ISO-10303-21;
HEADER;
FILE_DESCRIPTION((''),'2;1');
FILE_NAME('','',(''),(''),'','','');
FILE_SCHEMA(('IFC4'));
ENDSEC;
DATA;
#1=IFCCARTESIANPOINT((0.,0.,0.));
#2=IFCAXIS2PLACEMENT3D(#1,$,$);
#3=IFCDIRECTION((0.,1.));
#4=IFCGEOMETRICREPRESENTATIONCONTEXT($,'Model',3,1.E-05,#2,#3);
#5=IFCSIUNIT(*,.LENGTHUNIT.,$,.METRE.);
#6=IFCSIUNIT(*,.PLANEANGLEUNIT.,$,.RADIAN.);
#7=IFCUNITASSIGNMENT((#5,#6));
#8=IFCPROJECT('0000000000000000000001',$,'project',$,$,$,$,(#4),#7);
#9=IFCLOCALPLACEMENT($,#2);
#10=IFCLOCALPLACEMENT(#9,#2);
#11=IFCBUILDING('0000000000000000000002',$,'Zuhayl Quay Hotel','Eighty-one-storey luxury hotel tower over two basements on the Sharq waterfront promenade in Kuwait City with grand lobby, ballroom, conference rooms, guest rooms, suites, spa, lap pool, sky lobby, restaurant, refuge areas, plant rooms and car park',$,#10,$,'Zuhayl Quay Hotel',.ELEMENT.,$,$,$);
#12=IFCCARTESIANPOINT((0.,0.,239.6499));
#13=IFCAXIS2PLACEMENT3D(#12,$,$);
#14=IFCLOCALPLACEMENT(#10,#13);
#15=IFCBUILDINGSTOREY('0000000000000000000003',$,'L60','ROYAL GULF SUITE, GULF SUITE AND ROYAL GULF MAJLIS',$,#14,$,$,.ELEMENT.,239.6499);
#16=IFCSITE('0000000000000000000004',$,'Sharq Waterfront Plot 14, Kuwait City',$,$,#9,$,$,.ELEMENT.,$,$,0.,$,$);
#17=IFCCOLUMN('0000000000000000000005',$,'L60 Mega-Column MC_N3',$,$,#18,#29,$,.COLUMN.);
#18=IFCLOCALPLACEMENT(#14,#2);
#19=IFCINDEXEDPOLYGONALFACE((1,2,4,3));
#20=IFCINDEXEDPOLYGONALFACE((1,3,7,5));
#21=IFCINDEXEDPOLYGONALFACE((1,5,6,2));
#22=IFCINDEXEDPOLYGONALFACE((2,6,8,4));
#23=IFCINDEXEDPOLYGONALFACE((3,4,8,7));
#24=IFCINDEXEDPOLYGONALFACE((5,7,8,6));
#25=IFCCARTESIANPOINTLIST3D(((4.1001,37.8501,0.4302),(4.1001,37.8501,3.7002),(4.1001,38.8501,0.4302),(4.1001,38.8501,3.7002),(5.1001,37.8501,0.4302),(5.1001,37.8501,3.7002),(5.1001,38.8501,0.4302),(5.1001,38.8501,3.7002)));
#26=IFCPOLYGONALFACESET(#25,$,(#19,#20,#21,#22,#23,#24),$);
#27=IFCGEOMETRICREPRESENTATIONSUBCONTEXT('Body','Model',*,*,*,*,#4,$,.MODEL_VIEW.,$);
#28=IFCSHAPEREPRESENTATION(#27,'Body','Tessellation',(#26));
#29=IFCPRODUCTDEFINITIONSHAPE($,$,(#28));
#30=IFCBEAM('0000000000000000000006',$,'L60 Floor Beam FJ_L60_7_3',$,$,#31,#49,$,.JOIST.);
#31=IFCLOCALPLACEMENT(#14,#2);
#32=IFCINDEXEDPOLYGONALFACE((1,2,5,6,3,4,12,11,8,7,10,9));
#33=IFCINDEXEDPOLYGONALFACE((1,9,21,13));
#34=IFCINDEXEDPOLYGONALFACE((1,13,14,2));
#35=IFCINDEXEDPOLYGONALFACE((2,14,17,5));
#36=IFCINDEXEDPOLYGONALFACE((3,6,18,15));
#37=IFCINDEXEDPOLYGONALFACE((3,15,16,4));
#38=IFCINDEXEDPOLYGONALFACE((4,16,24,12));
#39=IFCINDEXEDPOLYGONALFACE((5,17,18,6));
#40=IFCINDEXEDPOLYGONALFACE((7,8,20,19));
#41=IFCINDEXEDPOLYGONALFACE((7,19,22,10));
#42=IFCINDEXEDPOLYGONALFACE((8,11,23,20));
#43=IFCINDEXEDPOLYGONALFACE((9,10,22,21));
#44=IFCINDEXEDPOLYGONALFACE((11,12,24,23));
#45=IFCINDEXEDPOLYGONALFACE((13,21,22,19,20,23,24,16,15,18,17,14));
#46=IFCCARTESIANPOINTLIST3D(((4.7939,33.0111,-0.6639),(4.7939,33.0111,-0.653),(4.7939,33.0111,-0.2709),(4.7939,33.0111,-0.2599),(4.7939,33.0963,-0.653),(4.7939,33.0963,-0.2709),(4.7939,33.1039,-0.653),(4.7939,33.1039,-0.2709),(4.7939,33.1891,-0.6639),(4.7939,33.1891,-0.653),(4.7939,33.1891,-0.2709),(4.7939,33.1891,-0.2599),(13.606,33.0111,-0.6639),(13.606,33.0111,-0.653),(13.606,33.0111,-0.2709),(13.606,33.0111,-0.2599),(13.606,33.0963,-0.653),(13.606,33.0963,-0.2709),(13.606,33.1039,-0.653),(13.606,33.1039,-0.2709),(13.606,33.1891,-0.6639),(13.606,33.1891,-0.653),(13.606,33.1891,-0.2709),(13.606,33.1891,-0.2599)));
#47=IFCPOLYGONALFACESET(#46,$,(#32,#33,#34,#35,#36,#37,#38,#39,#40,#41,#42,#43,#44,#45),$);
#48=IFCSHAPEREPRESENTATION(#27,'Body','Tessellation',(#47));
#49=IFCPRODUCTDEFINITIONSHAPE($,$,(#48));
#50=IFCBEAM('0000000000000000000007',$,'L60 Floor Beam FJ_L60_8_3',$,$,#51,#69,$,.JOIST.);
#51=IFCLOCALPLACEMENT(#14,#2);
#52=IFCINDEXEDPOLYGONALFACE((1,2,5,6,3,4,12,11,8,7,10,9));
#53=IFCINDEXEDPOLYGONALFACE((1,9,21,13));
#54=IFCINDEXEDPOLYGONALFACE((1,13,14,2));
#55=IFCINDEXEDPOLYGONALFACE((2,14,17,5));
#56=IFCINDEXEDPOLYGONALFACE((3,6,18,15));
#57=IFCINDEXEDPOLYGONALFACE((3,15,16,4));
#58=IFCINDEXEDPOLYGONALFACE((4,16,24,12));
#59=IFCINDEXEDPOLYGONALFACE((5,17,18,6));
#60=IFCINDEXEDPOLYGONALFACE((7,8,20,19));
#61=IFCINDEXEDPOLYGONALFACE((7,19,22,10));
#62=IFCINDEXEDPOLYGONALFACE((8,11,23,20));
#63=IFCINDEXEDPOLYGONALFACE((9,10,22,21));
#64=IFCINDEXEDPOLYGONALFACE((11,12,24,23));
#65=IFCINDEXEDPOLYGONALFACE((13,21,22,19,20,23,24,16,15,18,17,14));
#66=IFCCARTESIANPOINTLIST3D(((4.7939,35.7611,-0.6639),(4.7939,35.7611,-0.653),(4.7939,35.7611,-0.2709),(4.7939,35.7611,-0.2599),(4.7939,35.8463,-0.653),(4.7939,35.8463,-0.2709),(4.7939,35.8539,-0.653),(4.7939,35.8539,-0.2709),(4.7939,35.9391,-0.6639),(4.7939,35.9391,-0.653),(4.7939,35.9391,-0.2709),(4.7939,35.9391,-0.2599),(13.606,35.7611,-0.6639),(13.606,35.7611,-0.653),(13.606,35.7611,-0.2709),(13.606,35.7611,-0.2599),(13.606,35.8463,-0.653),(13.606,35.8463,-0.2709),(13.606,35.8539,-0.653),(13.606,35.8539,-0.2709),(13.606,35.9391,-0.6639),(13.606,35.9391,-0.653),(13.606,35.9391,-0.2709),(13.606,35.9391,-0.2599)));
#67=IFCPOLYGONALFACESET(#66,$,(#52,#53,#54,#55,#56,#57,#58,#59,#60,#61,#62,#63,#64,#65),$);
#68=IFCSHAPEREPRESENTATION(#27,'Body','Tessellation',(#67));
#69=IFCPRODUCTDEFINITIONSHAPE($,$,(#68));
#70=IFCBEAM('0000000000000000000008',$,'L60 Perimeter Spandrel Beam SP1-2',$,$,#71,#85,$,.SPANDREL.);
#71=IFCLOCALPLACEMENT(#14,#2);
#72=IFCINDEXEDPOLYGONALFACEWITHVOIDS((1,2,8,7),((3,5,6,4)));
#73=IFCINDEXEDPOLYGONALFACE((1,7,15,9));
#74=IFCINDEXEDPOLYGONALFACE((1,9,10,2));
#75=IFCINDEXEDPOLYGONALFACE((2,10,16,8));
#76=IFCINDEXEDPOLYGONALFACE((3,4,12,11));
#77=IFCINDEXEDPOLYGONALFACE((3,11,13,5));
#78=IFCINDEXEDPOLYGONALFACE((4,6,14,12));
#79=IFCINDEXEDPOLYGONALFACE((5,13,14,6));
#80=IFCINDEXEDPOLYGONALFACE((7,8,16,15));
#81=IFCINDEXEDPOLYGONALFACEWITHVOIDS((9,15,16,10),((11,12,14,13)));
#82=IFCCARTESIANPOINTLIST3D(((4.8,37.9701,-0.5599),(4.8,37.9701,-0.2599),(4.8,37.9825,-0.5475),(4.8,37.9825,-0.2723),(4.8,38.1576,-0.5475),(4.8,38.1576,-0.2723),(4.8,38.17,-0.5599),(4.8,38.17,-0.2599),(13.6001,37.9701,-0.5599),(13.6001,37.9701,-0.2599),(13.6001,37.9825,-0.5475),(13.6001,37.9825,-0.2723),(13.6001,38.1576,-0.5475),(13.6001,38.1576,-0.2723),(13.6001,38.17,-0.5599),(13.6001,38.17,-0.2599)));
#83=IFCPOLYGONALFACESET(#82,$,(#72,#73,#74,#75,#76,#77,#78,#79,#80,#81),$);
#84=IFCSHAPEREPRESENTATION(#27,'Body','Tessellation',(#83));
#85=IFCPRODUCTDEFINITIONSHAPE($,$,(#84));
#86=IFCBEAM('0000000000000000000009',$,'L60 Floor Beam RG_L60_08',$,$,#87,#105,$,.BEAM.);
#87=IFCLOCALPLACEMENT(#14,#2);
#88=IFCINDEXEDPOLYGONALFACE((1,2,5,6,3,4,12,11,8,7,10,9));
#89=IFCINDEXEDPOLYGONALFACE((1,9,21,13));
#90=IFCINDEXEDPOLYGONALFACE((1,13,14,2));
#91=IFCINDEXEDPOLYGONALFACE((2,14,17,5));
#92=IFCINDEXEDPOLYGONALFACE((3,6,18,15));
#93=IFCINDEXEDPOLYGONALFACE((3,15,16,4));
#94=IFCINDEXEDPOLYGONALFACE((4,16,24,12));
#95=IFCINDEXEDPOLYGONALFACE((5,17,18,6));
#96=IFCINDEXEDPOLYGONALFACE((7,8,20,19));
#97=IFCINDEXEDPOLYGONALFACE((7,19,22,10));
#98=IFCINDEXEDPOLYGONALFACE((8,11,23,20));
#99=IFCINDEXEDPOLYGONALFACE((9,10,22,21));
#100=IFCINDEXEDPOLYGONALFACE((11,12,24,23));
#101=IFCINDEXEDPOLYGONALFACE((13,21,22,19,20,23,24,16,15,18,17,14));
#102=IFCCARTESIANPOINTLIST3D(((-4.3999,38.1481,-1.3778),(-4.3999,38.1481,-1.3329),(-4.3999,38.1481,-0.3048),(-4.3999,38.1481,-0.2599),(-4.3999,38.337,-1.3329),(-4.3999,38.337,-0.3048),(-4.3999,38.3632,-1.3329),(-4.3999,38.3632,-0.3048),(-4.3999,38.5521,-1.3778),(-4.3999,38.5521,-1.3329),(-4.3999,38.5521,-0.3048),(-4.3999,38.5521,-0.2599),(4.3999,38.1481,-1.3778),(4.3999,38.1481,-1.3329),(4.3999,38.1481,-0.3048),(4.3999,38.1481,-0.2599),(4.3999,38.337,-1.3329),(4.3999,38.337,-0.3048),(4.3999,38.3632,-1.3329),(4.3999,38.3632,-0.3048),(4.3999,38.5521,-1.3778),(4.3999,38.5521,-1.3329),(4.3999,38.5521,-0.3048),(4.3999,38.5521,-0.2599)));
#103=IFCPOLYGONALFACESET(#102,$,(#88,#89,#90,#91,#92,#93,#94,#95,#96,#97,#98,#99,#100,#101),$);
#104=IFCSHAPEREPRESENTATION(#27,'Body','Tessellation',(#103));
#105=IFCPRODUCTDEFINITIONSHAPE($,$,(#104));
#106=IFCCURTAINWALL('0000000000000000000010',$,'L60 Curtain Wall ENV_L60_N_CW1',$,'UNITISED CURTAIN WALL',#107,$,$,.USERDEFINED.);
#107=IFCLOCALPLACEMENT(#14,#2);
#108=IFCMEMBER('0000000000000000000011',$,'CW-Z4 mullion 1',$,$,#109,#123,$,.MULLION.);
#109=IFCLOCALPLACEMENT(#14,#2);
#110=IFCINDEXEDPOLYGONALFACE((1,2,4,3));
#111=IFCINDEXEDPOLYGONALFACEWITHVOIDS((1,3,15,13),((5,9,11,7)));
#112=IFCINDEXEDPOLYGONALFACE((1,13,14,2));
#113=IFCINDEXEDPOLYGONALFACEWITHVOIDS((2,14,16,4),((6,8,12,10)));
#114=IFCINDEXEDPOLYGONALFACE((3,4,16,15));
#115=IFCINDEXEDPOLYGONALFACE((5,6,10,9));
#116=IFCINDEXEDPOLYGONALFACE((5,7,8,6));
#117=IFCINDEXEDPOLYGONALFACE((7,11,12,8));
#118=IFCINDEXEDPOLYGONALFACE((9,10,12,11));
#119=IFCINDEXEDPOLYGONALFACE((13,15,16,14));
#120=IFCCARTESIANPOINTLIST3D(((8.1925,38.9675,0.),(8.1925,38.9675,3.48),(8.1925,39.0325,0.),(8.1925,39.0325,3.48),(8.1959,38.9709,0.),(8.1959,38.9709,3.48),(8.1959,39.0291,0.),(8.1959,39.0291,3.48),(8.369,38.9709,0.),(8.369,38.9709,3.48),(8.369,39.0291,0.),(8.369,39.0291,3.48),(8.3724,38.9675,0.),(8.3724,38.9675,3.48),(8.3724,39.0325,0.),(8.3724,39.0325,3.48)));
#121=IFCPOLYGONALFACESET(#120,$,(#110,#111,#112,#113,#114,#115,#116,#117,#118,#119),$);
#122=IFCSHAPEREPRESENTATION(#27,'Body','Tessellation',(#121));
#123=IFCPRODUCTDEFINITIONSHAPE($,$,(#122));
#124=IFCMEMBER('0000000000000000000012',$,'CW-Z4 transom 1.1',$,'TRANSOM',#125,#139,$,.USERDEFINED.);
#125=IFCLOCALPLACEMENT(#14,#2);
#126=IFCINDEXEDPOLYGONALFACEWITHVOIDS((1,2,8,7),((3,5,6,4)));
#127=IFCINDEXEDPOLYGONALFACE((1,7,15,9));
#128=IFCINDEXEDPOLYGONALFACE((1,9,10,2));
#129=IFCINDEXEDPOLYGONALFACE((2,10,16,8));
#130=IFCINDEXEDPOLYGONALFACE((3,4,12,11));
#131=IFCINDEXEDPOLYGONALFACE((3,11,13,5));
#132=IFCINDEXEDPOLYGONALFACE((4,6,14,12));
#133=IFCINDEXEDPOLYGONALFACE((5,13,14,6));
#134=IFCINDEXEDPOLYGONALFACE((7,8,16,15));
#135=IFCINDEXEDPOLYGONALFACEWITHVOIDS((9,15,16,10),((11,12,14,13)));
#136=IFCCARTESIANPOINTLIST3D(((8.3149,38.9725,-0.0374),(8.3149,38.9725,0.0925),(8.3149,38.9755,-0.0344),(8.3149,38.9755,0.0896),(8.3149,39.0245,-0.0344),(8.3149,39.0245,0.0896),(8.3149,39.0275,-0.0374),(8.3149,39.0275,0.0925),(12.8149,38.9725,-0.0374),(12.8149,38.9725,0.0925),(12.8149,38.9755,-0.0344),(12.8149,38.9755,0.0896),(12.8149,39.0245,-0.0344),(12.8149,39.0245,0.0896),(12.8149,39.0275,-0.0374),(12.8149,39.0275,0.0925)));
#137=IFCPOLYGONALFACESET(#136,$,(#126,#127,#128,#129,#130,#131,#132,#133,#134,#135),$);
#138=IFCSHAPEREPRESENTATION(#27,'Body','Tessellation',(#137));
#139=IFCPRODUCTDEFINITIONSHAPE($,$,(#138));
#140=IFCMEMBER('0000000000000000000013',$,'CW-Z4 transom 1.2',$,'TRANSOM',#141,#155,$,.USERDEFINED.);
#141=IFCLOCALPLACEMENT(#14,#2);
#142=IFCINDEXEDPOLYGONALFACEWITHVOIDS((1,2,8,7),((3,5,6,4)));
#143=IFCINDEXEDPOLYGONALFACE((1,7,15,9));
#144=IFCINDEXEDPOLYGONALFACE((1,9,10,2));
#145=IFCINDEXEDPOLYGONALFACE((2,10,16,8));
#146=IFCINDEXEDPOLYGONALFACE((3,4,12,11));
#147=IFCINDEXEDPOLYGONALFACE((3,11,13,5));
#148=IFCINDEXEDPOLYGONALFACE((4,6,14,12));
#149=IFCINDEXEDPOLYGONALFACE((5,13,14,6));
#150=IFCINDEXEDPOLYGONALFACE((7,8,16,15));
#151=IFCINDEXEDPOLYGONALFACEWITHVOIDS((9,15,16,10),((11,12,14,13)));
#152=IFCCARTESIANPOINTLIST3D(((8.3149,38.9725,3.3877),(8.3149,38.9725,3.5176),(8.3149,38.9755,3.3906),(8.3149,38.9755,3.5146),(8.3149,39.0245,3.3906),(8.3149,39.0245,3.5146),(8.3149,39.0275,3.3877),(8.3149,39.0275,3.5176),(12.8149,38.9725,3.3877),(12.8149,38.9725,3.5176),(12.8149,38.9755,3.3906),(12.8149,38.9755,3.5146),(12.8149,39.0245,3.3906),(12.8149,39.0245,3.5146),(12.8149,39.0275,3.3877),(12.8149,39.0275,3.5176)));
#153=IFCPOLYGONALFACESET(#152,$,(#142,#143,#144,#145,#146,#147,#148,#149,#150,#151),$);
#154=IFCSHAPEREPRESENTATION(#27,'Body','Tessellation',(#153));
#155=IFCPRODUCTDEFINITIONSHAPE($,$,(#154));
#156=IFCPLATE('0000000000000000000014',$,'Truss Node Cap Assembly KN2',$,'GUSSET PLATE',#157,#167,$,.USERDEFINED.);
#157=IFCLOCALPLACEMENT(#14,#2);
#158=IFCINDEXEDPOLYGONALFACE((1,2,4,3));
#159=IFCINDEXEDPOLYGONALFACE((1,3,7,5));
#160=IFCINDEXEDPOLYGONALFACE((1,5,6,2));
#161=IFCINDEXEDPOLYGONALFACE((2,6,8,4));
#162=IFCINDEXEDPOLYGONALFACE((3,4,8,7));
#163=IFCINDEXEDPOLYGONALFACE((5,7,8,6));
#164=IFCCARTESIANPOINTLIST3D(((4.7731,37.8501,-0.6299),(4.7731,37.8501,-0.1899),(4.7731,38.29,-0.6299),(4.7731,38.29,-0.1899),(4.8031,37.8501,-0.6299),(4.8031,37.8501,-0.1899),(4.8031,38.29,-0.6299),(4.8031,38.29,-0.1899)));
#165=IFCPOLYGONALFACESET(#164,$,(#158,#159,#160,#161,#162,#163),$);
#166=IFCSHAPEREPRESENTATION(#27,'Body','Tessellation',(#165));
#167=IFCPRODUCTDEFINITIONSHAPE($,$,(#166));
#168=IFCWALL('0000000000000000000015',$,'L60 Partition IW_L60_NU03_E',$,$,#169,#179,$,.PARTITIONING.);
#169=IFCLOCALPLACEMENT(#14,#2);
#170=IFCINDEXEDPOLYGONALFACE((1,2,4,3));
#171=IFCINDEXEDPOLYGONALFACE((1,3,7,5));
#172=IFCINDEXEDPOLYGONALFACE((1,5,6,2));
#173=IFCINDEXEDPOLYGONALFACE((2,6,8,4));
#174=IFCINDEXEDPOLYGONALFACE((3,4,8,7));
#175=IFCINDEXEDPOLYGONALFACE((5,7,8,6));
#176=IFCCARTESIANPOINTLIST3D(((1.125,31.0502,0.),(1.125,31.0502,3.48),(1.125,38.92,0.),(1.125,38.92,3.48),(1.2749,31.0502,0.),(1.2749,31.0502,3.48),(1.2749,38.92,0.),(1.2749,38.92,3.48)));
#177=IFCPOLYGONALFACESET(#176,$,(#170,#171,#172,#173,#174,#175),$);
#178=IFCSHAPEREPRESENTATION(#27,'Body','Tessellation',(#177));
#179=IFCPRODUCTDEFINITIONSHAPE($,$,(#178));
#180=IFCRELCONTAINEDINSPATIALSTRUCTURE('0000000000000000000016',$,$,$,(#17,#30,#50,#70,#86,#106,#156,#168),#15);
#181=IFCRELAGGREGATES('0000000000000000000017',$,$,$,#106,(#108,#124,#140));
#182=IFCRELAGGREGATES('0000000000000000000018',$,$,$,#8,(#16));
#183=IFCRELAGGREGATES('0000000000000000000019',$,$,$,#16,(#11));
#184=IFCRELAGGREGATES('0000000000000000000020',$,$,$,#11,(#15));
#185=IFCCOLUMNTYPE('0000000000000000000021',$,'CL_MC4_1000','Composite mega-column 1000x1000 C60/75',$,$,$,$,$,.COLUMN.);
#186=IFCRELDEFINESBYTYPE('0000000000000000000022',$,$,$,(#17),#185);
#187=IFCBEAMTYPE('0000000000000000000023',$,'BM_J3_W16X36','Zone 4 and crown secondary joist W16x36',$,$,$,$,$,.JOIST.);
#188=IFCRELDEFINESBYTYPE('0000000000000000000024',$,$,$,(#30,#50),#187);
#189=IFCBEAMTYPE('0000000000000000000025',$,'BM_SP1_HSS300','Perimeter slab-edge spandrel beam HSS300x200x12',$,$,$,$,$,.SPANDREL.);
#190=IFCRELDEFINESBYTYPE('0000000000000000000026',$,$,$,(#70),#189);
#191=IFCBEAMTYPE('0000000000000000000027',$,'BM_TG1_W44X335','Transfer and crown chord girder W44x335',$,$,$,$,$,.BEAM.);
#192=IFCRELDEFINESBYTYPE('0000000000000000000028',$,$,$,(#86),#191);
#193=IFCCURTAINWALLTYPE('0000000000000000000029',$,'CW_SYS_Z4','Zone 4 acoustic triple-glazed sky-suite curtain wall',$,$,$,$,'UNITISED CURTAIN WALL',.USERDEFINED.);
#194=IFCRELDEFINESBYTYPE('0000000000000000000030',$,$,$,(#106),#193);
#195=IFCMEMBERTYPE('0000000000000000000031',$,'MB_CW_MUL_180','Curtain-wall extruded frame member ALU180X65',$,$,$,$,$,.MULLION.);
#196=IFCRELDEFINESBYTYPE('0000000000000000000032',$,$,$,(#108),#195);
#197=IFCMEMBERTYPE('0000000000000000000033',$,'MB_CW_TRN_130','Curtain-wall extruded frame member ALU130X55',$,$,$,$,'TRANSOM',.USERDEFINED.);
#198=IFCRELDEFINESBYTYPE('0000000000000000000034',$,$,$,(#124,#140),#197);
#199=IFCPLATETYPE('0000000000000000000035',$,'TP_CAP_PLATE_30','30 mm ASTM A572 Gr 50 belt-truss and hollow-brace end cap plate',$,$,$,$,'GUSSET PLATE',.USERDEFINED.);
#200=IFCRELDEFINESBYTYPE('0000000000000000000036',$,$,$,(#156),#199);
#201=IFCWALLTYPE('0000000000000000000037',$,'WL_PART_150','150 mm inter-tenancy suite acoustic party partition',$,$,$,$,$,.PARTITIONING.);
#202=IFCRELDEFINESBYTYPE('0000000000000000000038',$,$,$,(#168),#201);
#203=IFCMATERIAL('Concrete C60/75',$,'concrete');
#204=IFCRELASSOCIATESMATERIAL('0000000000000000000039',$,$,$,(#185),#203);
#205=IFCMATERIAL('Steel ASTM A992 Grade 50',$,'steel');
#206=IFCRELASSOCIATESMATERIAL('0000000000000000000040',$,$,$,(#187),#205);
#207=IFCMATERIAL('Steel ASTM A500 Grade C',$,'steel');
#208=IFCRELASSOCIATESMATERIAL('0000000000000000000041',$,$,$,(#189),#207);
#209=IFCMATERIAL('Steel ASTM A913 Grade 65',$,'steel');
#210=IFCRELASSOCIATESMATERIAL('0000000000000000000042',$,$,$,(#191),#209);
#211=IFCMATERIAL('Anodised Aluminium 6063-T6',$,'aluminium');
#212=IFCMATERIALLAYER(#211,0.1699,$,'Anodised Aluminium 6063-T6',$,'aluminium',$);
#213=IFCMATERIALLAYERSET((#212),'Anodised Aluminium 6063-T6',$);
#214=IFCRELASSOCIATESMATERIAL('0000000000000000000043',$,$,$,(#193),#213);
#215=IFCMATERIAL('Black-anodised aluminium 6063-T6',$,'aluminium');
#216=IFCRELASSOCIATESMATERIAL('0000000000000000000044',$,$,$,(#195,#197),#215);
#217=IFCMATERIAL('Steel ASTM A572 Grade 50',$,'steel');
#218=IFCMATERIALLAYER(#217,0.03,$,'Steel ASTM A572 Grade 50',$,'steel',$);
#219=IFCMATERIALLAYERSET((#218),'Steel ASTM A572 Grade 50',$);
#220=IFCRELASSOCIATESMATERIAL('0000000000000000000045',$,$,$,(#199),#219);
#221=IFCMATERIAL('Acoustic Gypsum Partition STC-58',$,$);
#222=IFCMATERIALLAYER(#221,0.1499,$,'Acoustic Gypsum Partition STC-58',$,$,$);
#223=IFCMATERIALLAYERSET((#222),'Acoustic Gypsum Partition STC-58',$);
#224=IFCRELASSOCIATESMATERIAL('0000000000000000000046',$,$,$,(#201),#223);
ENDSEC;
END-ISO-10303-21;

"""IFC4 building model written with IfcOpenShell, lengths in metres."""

from ifc_helpers import new_model, si_unit, direction, frame, frame_2d, origin, origin_2d, place, context, subcontext, project, spatial, rectangle, hollow_rectangle, i_section, extrude, material, layer, layer_set, material_profile, profile_set, type_object, element, aggregate, save


model = new_model("IFC4")

# Units and contexts
model_context = context("Model", 3, precision=1e-05, world=origin(), true_north=direction((0.0, 1.0)))
body_context = subcontext(model_context, "Body", "Model", "MODEL_VIEW")
ifc_project = project(units=[si_unit("LENGTHUNIT", "METRE"), si_unit("PLANEANGLEUNIT", "RADIAN")], contexts=[model_context])

# Site, building, storey
site_placement = place(None, origin())
site = spatial("IfcSite", under=ifc_project, at=site_placement, Name="Sharq Waterfront Plot 14, Kuwait City", CompositionType="ELEMENT", RefElevation=0.0)
building_placement = place(site_placement, origin())
building = spatial("IfcBuilding", under=site, at=building_placement, Name="Zuhayl Quay Hotel", Description="Eighty-one-storey luxury hotel tower over two basements on the Sharq waterfront promenade in Kuwait City with grand lobby, ballroom, conference rooms, guest rooms, suites, spa, lap pool, sky lobby, restaurant, refuge areas, plant rooms and car park", LongName="Zuhayl Quay Hotel", CompositionType="ELEMENT")
storey_placement = place(building_placement, frame((0.0, 0.0, 239.6499)))
storey = spatial("IfcBuildingStorey", under=building, at=storey_placement, Name="L60", Description="ROYAL GULF SUITE, GULF SUITE AND ROYAL GULF MAJLIS", CompositionType="ELEMENT", Elevation=239.6499)

# Column
ifc_material_1 = material(Name="Concrete C60/75", Category="concrete")
ifc_material_profile_1 = material_profile(ifc_material_1, rectangle(XDim=1.0, YDim=1.0, at=origin_2d()), Name="RC1000X1000")
ifc_profile_set_1 = profile_set([ifc_material_profile_1], Name="Concrete C60/75")
column_type = type_object("IfcColumnType", Name="CL_MC4_1000", Description="Composite mega-column 1000x1000 C60/75", PredefinedType="COLUMN", material=ifc_profile_set_1)
column_placement = place(storey_placement, frame((4.6001, 38.3501, 0.4302), z_axis=(0.0, 0.0, 1.0), x_axis=(1.0, 0.0, 0.0)))
element("IfcColumn", 1, at=column_placement, inside=storey, type_object=column_type, Name="L60 Mega-Column MC_N3", PredefinedType="COLUMN", context=body_context, shape_type="SweptSolid", body=[
    extrude(rectangle(XDim=1.0, YDim=1.0, at=origin_2d()), origin(), (0.0, 0.0, 1.0), 3.27),
])

# Beams
ifc_material_2 = material(Name="Steel ASTM A992 Grade 50", Category="steel")
ifc_material_profile_2 = material_profile(ifc_material_2, i_section(OverallWidth=0.178, OverallDepth=0.4041, WebThickness=0.0076, FlangeThickness=0.011, at=origin_2d()), Name="W16X36")
ifc_profile_set_2 = profile_set([ifc_material_profile_2], Name="Steel ASTM A992 Grade 50")
beam_type_1 = type_object("IfcBeamType", Name="BM_J3_W16X36", Description="Zone 4 and crown secondary joist W16x36", PredefinedType="JOIST", material=ifc_profile_set_2)
for number, where, z_axis, x_axis, name in (
    (2, (4.7939, 33.1001, -0.4619), (1.0, 0.0, 0.0), (0.0, 1.0, 0.0), "L60 Floor Beam FJ_L60_7_3"),
    (3, (4.7939, 35.8501, -0.4619), (1.0, 0.0, 0.0), (0.0, 1.0, 0.0), "L60 Floor Beam FJ_L60_8_3"),
):
    element("IfcBeam", number, at=place(storey_placement, frame(where, z_axis=z_axis, x_axis=x_axis)), inside=storey, type_object=beam_type_1, Name=name, PredefinedType="JOIST", context=body_context, shape_type="SweptSolid", body=[
        extrude(i_section(OverallWidth=0.178, OverallDepth=0.4041, WebThickness=0.0076, FlangeThickness=0.011, at=origin_2d()), origin(), (0.0, 0.0, 1.0), 8.812),
    ])
ifc_material_3 = material(Name="Steel ASTM A500 Grade C", Category="steel")
ifc_material_profile_3 = material_profile(ifc_material_3, hollow_rectangle(XDim=0.2, YDim=0.3, WallThickness=0.0125, at=origin_2d()), Name="HSS300X200X12")
ifc_profile_set_3 = profile_set([ifc_material_profile_3], Name="Steel ASTM A500 Grade C")
beam_type_2 = type_object("IfcBeamType", Name="BM_SP1_HSS300", Description="Perimeter slab-edge spandrel beam HSS300x200x12", PredefinedType="SPANDREL", material=ifc_profile_set_3)
beam_1_placement = place(storey_placement, frame((4.8, 38.0701, -0.4099), z_axis=(1.0, 0.0, 0.0), x_axis=(0.0, 1.0, 0.0)))
element("IfcBeam", 4, at=beam_1_placement, inside=storey, type_object=beam_type_2, Name="L60 Perimeter Spandrel Beam SP1-2", PredefinedType="SPANDREL", context=body_context, shape_type="SweptSolid", body=[
    extrude(hollow_rectangle(XDim=0.2, YDim=0.3, WallThickness=0.0125, at=origin_2d()), origin(), (0.0, 0.0, 1.0), 8.8),
])
ifc_material_4 = material(Name="Steel ASTM A913 Grade 65", Category="steel")
ifc_material_profile_4 = material_profile(ifc_material_4, i_section(OverallWidth=0.4041, OverallDepth=1.1179, WebThickness=0.0261, FlangeThickness=0.0449, at=origin_2d()), Name="W44X335")
ifc_profile_set_4 = profile_set([ifc_material_profile_4], Name="Steel ASTM A913 Grade 65")
beam_type_3 = type_object("IfcBeamType", Name="BM_TG1_W44X335", Description="Transfer and crown chord girder W44x335", PredefinedType="BEAM", material=ifc_profile_set_4)
beam_2_placement = place(storey_placement, frame((4.3999, 38.3501, -0.8188), z_axis=(-1.0, 0.0, 0.0), x_axis=(0.0, -1.0, 0.0)))
element("IfcBeam", 5, at=beam_2_placement, inside=storey, type_object=beam_type_3, Name="L60 Floor Beam RG_L60_08", PredefinedType="BEAM", context=body_context, shape_type="SweptSolid", body=[
    extrude(i_section(OverallWidth=0.4041, OverallDepth=1.1179, WebThickness=0.0261, FlangeThickness=0.0449, at=origin_2d()), origin(), (0.0, 0.0, 1.0), 8.7998),
])

# Curtain wall, members
ifc_material_5 = material(Name="Anodised Aluminium 6063-T6", Category="aluminium")
ifc_layer_1 = layer(ifc_material_5, 0.1699, Name="Anodised Aluminium 6063-T6", Category="aluminium")
ifc_layer_set_1 = layer_set([ifc_layer_1], Name="Anodised Aluminium 6063-T6")
curtain_wall_type = type_object("IfcCurtainWallType", Name="CW_SYS_Z4", Description="Zone 4 acoustic triple-glazed sky-suite curtain wall", ElementType="UNITISED CURTAIN WALL", PredefinedType="USERDEFINED", material=ifc_layer_set_1)
curtain_wall_placement = place(storey_placement, origin())
curtain_wall = element("IfcCurtainWall", 6, at=curtain_wall_placement, inside=storey, type_object=curtain_wall_type, Name="L60 Curtain Wall ENV_L60_N_CW1", ObjectType="UNITISED CURTAIN WALL", PredefinedType="USERDEFINED")
ifc_material_6 = material(Name="Black-anodised aluminium 6063-T6", Category="aluminium")
ifc_material_profile_5 = material_profile(ifc_material_6, hollow_rectangle(XDim=0.0649, YDim=0.1799, WallThickness=0.0034, at=origin_2d()), Name="ALU180X65")
ifc_profile_set_5 = profile_set([ifc_material_profile_5], Name="Black-anodised aluminium 6063-T6")
member_type_1 = type_object("IfcMemberType", Name="MB_CW_MUL_180", Description="Curtain-wall extruded frame member ALU180X65", PredefinedType="MULLION", material=ifc_profile_set_5)
member_1_placement = place(storey_placement, frame((8.2825, 39.0, 0.0), z_axis=(0.0, 0.0, 1.0), x_axis=(0.0, 1.0, 0.0)))
member_1 = element("IfcMember", 7, at=member_1_placement, type_object=member_type_1, Name="CW-Z4 mullion 1", PredefinedType="MULLION", context=body_context, shape_type="SweptSolid", body=[
    extrude(hollow_rectangle(XDim=0.0649, YDim=0.1799, WallThickness=0.0034, at=origin_2d()), origin(), (0.0, 0.0, 1.0), 3.48),
])
ifc_material_profile_6 = material_profile(ifc_material_6, hollow_rectangle(XDim=0.0549, YDim=0.1299, WallThickness=0.0029, at=origin_2d()), Name="ALU130X55")
ifc_profile_set_6 = profile_set([ifc_material_profile_6], Name="Black-anodised aluminium 6063-T6")
member_type_2 = type_object("IfcMemberType", Name="MB_CW_TRN_130", Description="Curtain-wall extruded frame member ALU130X55", ElementType="TRANSOM", PredefinedType="USERDEFINED", material=ifc_profile_set_6)
member_2_placement = place(storey_placement, frame((8.3149, 39.0, 0.0276), z_axis=(1.0, 0.0, 0.0), x_axis=(0.0, 1.0, 0.0)))
member_2 = element("IfcMember", 8, at=member_2_placement, type_object=member_type_2, Name="CW-Z4 transom 1.1", ObjectType="TRANSOM", PredefinedType="USERDEFINED", context=body_context, shape_type="SweptSolid", body=[
    extrude(hollow_rectangle(XDim=0.0549, YDim=0.1299, WallThickness=0.0029, at=origin_2d()), origin(), (0.0, 0.0, 1.0), 4.5),
])
member_3_placement = place(storey_placement, frame((8.3149, 39.0, 3.4526), z_axis=(1.0, 0.0, 0.0), x_axis=(0.0, 1.0, 0.0)))
member_3 = element("IfcMember", 9, at=member_3_placement, type_object=member_type_2, Name="CW-Z4 transom 1.2", ObjectType="TRANSOM", PredefinedType="USERDEFINED", context=body_context, shape_type="SweptSolid", body=[
    extrude(hollow_rectangle(XDim=0.0549, YDim=0.1299, WallThickness=0.0029, at=origin_2d()), origin(), (0.0, 0.0, 1.0), 4.5),
])
aggregate(curtain_wall, [member_1, member_2, member_3])

# Plate
ifc_material_7 = material(Name="Steel ASTM A572 Grade 50", Category="steel")
ifc_layer_2 = layer(ifc_material_7, 0.03, Name="Steel ASTM A572 Grade 50", Category="steel")
ifc_layer_set_2 = layer_set([ifc_layer_2], Name="Steel ASTM A572 Grade 50")
plate_type = type_object("IfcPlateType", Name="TP_CAP_PLATE_30", Description="30 mm ASTM A572 Gr 50 belt-truss and hollow-brace end cap plate", ElementType="GUSSET PLATE", PredefinedType="USERDEFINED", material=ifc_layer_set_2)
plate_placement = place(storey_placement, frame((4.7881, 38.0701, -0.6299), z_axis=(0.0, 0.0, 1.0), x_axis=(-1.0, 0.0, 0.0)))
element("IfcPlate", 10, at=plate_placement, inside=storey, type_object=plate_type, Name="Truss Node Cap Assembly KN2", ObjectType="GUSSET PLATE", PredefinedType="USERDEFINED", context=body_context, shape_type="SweptSolid", body=[
    extrude(rectangle(XDim=0.03, YDim=0.4399, at=origin_2d()), origin(), (0.0, 0.0, 1.0), 0.4399),
])

# Wall
ifc_material_8 = material(Name="Acoustic Gypsum Partition STC-58")
ifc_layer_3 = layer(ifc_material_8, 0.1499, Name="Acoustic Gypsum Partition STC-58")
ifc_layer_set_3 = layer_set([ifc_layer_3], Name="Acoustic Gypsum Partition STC-58")
wall_type_1 = type_object("IfcWallType", Name="WL_PART_150", Description="150 mm inter-tenancy suite acoustic party partition", PredefinedType="PARTITIONING", material=ifc_layer_set_3)
for number, where, z_axis, x_axis, name in (
    (11, (1.2, 31.05, 0.0), (0.0, 0.0, 1.0), (0.0, 1.0, 0.0), "L60 Partition IW_L60_NU03_E"),
):
    element("IfcWall", number, at=place(storey_placement, frame(where, z_axis=z_axis, x_axis=x_axis)), inside=storey, type_object=wall_type_1, Name=name, PredefinedType="PARTITIONING", context=body_context, shape_type="SweptSolid", body=[
        extrude(rectangle(XDim=7.8699, YDim=0.1499, at=frame_2d((3.9351, 0.0))), origin(), (0.0, 0.0, 1.0), 3.48),
    ])

save(model, "model.ifc")
